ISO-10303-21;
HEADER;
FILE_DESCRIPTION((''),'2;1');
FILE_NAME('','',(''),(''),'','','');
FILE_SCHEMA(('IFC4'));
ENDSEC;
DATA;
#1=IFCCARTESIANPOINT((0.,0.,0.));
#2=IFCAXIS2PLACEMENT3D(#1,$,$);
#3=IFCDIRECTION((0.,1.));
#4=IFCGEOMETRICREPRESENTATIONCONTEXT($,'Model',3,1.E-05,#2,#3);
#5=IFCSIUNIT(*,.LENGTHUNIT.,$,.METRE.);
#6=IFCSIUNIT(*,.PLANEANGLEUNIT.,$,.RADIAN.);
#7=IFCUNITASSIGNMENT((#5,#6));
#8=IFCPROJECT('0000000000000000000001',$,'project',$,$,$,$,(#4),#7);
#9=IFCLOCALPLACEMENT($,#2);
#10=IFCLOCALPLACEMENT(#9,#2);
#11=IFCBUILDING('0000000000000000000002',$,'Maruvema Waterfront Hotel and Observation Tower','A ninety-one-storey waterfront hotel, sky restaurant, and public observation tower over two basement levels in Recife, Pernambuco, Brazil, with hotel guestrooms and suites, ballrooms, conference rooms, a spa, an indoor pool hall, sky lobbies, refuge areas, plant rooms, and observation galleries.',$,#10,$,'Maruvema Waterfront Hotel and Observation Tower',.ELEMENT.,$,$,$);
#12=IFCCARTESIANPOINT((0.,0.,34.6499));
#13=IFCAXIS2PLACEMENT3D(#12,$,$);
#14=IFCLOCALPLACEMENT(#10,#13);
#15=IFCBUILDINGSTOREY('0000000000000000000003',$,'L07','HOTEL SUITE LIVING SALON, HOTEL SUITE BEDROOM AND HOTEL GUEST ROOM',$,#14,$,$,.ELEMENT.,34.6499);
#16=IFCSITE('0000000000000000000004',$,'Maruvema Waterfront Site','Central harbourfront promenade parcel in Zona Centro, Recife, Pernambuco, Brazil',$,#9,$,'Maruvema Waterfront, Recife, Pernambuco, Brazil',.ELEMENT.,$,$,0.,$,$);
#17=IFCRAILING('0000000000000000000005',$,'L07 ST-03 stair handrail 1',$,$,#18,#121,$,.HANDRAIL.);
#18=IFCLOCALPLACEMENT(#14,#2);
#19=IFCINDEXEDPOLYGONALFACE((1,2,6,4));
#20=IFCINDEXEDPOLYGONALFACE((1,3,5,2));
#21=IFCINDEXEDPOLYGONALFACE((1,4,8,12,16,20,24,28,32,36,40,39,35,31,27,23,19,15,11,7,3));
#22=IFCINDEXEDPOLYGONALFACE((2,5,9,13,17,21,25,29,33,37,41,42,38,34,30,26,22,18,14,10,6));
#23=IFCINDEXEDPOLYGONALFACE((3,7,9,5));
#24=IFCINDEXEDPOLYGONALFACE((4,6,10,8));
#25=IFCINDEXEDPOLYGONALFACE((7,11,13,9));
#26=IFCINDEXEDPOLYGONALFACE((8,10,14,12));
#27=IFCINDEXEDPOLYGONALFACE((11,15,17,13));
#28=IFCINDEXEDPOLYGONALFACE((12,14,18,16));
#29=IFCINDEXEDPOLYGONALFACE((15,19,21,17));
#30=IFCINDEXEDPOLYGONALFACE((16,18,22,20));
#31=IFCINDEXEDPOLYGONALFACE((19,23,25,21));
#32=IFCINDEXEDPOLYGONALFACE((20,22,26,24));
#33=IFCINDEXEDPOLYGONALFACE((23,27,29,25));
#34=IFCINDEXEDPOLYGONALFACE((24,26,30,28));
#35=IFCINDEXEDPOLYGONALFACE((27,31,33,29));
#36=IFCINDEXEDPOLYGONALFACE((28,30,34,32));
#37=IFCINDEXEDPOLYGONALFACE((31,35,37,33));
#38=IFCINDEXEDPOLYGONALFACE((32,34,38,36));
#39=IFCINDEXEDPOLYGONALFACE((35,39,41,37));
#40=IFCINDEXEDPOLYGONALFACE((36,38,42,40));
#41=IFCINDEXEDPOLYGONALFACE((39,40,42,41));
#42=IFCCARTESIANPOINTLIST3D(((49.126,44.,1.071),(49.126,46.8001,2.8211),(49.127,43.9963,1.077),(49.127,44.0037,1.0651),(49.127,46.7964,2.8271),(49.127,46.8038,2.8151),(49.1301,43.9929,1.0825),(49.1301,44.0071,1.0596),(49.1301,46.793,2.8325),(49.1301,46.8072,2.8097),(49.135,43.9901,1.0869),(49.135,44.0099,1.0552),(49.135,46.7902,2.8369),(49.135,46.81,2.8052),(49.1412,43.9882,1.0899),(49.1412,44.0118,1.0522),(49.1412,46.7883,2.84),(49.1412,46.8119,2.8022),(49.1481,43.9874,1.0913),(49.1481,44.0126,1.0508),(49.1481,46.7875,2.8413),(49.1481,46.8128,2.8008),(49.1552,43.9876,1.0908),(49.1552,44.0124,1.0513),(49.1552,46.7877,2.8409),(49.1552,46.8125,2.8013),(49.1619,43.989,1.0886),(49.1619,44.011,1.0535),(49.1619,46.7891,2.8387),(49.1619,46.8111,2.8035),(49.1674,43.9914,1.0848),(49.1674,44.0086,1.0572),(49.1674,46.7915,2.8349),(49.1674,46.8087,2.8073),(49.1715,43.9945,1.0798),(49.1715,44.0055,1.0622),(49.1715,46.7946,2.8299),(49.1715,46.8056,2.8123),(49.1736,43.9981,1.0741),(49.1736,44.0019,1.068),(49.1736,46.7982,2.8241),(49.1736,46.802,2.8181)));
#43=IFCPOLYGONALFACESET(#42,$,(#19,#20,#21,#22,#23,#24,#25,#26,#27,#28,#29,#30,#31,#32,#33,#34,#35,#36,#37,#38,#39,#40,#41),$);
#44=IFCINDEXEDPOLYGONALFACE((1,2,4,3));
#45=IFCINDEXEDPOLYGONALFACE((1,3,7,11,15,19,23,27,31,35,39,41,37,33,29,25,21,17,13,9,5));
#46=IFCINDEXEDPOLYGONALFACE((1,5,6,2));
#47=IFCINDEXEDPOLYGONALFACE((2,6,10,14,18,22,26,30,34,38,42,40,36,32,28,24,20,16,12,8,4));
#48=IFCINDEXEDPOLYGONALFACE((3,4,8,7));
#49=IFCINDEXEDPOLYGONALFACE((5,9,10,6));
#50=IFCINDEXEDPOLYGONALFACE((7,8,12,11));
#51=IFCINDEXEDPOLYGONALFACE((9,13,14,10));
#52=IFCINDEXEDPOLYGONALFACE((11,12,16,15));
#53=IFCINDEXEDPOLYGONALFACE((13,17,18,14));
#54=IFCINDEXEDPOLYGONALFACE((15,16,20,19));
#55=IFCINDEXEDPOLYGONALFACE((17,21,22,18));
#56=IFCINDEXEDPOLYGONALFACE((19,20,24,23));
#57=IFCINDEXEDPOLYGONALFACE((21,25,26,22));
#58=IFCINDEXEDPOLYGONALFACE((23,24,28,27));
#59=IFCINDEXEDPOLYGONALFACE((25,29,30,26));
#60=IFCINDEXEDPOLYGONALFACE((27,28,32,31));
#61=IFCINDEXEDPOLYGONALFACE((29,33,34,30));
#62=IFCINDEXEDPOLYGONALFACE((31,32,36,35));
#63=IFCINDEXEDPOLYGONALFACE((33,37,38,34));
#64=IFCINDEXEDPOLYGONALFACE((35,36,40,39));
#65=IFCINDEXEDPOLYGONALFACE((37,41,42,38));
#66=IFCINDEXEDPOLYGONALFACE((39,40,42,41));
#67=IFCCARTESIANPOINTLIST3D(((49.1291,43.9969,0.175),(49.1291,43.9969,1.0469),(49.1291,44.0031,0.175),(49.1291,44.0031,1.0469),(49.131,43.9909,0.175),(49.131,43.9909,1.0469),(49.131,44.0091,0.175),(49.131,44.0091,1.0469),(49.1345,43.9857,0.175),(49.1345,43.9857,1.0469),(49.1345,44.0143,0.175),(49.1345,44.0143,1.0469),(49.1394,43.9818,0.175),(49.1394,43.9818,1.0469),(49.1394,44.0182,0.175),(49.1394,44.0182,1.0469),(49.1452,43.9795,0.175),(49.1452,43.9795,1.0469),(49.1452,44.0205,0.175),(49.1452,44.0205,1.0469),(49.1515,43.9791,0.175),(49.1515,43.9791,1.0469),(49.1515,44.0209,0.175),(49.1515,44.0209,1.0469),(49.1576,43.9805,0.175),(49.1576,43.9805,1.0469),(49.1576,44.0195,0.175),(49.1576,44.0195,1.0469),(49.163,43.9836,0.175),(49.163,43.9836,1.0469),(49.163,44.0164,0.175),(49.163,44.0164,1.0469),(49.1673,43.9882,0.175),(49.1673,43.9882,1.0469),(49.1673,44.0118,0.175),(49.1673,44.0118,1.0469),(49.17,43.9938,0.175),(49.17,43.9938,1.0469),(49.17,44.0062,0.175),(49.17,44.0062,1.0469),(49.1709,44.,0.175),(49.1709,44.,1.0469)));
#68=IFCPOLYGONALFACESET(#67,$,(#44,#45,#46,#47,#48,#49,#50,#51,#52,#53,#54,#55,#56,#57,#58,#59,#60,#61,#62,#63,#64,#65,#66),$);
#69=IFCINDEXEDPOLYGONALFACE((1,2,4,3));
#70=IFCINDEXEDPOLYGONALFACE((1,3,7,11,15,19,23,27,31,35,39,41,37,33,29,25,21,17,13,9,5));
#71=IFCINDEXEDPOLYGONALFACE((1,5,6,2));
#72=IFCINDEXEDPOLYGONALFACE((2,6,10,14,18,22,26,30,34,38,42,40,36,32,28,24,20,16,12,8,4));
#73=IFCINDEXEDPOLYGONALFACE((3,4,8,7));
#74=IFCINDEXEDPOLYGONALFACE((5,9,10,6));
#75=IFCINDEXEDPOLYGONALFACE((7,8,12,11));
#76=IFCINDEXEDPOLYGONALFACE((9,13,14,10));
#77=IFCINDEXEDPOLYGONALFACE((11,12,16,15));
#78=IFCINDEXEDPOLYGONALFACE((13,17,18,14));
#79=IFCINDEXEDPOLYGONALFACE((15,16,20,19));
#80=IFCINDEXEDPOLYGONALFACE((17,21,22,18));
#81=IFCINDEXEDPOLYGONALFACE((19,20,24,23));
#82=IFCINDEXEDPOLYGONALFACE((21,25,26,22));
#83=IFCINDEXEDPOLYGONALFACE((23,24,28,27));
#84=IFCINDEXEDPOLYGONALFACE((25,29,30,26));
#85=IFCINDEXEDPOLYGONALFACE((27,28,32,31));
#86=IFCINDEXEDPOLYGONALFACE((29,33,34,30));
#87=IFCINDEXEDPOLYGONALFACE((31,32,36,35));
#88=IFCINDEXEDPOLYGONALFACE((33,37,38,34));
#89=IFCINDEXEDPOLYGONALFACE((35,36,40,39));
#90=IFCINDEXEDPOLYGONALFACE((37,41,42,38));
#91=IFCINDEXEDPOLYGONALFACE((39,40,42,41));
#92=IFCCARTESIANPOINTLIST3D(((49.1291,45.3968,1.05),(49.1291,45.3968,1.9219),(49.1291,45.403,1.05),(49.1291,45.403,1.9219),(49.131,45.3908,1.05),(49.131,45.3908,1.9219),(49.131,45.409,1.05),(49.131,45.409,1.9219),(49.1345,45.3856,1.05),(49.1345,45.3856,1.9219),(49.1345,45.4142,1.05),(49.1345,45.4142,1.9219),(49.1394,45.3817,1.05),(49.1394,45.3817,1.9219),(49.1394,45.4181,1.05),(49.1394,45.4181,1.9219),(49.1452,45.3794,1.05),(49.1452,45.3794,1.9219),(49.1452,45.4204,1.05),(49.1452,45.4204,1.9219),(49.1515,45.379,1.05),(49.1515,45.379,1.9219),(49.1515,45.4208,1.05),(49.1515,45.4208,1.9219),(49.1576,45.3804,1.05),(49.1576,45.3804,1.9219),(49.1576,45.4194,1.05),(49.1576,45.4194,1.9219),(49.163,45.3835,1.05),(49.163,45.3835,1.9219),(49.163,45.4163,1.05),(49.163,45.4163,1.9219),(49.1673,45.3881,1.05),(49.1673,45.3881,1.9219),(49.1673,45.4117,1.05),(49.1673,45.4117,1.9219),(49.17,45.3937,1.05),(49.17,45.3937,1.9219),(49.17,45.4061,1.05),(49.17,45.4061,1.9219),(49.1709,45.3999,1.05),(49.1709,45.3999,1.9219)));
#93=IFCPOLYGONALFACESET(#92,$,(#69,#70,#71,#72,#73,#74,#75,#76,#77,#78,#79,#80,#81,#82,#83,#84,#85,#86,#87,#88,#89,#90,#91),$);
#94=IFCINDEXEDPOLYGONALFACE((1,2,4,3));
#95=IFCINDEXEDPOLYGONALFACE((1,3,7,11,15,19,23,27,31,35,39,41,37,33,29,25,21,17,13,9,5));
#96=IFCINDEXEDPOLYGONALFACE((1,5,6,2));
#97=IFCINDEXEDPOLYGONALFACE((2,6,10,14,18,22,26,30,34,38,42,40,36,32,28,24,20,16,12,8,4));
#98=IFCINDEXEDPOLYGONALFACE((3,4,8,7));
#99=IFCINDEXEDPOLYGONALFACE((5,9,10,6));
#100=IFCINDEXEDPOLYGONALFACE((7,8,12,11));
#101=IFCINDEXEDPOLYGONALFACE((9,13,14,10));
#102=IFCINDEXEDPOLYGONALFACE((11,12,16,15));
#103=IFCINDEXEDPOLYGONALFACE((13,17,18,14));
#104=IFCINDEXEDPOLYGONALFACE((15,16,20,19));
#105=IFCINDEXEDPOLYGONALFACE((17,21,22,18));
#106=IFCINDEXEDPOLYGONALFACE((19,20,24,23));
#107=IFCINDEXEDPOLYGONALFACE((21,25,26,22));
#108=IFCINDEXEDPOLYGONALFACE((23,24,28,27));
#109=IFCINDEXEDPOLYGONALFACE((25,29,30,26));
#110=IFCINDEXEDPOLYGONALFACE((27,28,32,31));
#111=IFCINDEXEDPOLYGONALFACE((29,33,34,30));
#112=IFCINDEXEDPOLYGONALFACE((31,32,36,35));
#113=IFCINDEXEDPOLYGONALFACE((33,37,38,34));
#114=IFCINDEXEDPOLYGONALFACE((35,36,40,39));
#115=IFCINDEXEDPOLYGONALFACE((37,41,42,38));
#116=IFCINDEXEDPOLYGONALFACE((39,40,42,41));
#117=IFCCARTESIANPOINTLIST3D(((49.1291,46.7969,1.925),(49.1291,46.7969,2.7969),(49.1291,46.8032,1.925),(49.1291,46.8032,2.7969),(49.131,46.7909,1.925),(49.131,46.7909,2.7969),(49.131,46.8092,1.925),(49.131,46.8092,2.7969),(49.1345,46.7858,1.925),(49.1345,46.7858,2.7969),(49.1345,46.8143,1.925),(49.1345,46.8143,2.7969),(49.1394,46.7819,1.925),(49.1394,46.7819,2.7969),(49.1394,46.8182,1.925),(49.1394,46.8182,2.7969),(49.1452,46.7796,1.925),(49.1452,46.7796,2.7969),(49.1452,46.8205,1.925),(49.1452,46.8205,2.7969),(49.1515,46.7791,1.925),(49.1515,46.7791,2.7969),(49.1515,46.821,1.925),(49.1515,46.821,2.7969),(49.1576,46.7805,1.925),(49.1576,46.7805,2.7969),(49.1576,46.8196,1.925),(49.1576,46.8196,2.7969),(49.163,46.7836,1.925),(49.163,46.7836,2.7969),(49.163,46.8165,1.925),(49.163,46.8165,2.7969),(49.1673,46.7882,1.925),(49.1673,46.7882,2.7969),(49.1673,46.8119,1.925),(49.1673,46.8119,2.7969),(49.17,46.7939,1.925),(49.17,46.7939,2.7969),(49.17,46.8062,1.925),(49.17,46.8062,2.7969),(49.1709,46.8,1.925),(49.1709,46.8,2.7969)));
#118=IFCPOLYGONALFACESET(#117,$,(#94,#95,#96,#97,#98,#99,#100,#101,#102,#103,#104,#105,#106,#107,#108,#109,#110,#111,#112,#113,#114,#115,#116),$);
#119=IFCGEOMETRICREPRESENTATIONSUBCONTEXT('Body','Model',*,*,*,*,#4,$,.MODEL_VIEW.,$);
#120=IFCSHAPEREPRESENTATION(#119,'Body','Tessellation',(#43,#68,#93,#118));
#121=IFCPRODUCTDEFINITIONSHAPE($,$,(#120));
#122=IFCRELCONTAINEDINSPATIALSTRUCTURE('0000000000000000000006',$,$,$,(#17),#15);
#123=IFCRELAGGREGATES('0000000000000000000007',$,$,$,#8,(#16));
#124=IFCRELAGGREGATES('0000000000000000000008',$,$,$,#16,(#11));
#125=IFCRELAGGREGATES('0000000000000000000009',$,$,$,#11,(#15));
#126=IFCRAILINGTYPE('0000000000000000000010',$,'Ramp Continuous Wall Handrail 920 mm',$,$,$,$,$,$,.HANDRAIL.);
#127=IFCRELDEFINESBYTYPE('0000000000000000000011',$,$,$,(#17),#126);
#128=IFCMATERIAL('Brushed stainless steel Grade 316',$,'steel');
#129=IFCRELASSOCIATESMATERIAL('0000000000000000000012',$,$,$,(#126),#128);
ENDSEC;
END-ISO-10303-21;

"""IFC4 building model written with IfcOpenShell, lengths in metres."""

from ifc_helpers import new_model, si_unit, direction, frame, origin, origin_2d, place, context, subcontext, project, spatial, circle, extrude, material, type_object, element, save


model = new_model("IFC4")

# Units and contexts
model_context = context("Model", 3, precision=1e-05, world=origin(), true_north=direction((0.0, 1.0)))
body_context = subcontext(model_context, "Body", "Model", "MODEL_VIEW")
ifc_project = project(units=[si_unit("LENGTHUNIT", "METRE"), si_unit("PLANEANGLEUNIT", "RADIAN")], contexts=[model_context])

# Site, building, storey
site_placement = place(None, origin())
site = spatial("IfcSite", under=ifc_project, at=site_placement, Name="Maruvema Waterfront Site", Description="Central harbourfront promenade parcel in Zona Centro, Recife, Pernambuco, Brazil", LongName="Maruvema Waterfront, Recife, Pernambuco, Brazil", CompositionType="ELEMENT", RefElevation=0.0)
building_placement = place(site_placement, origin())
building = spatial("IfcBuilding", under=site, at=building_placement, Name="Maruvema Waterfront Hotel and Observation Tower", Description="A ninety-one-storey waterfront hotel, sky restaurant, and public observation tower over two basement levels in Recife, Pernambuco, Brazil, with hotel guestrooms and suites, ballrooms, conference rooms, a spa, an indoor pool hall, sky lobbies, refuge areas, plant rooms, and observation galleries.", LongName="Maruvema Waterfront Hotel and Observation Tower", CompositionType="ELEMENT")
storey_placement = place(building_placement, frame((0.0, 0.0, 34.6499)))
storey = spatial("IfcBuildingStorey", under=building, at=storey_placement, Name="L07", Description="HOTEL SUITE LIVING SALON, HOTEL SUITE BEDROOM AND HOTEL GUEST ROOM", CompositionType="ELEMENT", Elevation=34.6499)

# Railing
ifc_material_1 = material(Name="Brushed stainless steel Grade 316", Category="steel")
railing_type_1 = type_object("IfcRailingType", Name="Ramp Continuous Wall Handrail 920 mm", PredefinedType="HANDRAIL", material=ifc_material_1)
railing_1_placement = place(storey_placement, frame((49.1499, 44.0, 0.175)))
element("IfcRailing", 1, at=railing_1_placement, inside=storey, type_object=railing_type_1, Name="L07 ST-03 stair handrail 1", PredefinedType="HANDRAIL", context=body_context, shape_type="SweptSolid", body=[
    extrude(circle(Radius=0.0239, at=origin_2d()), frame((0.0, 0.0, 0.896), z_axis=(0.0, 0.848002, 0.529992), x_axis=(-1.0, 0.0, 0.0)), (0.0, 0.0, 1.0), 3.302),
    extrude(circle(Radius=0.021, at=origin_2d()), origin(), (0.0, 0.0, 1.0), 0.8718),
    extrude(circle(Radius=0.021, at=origin_2d()), frame((0.0, 1.3999, 0.875)), (0.0, 0.0, 1.0), 0.8718),
    extrude(circle(Radius=0.021, at=origin_2d()), frame((0.0, 2.8, 1.75)), (0.0, 0.0, 1.0), 0.8718),
])

save(model, "model.ifc")
